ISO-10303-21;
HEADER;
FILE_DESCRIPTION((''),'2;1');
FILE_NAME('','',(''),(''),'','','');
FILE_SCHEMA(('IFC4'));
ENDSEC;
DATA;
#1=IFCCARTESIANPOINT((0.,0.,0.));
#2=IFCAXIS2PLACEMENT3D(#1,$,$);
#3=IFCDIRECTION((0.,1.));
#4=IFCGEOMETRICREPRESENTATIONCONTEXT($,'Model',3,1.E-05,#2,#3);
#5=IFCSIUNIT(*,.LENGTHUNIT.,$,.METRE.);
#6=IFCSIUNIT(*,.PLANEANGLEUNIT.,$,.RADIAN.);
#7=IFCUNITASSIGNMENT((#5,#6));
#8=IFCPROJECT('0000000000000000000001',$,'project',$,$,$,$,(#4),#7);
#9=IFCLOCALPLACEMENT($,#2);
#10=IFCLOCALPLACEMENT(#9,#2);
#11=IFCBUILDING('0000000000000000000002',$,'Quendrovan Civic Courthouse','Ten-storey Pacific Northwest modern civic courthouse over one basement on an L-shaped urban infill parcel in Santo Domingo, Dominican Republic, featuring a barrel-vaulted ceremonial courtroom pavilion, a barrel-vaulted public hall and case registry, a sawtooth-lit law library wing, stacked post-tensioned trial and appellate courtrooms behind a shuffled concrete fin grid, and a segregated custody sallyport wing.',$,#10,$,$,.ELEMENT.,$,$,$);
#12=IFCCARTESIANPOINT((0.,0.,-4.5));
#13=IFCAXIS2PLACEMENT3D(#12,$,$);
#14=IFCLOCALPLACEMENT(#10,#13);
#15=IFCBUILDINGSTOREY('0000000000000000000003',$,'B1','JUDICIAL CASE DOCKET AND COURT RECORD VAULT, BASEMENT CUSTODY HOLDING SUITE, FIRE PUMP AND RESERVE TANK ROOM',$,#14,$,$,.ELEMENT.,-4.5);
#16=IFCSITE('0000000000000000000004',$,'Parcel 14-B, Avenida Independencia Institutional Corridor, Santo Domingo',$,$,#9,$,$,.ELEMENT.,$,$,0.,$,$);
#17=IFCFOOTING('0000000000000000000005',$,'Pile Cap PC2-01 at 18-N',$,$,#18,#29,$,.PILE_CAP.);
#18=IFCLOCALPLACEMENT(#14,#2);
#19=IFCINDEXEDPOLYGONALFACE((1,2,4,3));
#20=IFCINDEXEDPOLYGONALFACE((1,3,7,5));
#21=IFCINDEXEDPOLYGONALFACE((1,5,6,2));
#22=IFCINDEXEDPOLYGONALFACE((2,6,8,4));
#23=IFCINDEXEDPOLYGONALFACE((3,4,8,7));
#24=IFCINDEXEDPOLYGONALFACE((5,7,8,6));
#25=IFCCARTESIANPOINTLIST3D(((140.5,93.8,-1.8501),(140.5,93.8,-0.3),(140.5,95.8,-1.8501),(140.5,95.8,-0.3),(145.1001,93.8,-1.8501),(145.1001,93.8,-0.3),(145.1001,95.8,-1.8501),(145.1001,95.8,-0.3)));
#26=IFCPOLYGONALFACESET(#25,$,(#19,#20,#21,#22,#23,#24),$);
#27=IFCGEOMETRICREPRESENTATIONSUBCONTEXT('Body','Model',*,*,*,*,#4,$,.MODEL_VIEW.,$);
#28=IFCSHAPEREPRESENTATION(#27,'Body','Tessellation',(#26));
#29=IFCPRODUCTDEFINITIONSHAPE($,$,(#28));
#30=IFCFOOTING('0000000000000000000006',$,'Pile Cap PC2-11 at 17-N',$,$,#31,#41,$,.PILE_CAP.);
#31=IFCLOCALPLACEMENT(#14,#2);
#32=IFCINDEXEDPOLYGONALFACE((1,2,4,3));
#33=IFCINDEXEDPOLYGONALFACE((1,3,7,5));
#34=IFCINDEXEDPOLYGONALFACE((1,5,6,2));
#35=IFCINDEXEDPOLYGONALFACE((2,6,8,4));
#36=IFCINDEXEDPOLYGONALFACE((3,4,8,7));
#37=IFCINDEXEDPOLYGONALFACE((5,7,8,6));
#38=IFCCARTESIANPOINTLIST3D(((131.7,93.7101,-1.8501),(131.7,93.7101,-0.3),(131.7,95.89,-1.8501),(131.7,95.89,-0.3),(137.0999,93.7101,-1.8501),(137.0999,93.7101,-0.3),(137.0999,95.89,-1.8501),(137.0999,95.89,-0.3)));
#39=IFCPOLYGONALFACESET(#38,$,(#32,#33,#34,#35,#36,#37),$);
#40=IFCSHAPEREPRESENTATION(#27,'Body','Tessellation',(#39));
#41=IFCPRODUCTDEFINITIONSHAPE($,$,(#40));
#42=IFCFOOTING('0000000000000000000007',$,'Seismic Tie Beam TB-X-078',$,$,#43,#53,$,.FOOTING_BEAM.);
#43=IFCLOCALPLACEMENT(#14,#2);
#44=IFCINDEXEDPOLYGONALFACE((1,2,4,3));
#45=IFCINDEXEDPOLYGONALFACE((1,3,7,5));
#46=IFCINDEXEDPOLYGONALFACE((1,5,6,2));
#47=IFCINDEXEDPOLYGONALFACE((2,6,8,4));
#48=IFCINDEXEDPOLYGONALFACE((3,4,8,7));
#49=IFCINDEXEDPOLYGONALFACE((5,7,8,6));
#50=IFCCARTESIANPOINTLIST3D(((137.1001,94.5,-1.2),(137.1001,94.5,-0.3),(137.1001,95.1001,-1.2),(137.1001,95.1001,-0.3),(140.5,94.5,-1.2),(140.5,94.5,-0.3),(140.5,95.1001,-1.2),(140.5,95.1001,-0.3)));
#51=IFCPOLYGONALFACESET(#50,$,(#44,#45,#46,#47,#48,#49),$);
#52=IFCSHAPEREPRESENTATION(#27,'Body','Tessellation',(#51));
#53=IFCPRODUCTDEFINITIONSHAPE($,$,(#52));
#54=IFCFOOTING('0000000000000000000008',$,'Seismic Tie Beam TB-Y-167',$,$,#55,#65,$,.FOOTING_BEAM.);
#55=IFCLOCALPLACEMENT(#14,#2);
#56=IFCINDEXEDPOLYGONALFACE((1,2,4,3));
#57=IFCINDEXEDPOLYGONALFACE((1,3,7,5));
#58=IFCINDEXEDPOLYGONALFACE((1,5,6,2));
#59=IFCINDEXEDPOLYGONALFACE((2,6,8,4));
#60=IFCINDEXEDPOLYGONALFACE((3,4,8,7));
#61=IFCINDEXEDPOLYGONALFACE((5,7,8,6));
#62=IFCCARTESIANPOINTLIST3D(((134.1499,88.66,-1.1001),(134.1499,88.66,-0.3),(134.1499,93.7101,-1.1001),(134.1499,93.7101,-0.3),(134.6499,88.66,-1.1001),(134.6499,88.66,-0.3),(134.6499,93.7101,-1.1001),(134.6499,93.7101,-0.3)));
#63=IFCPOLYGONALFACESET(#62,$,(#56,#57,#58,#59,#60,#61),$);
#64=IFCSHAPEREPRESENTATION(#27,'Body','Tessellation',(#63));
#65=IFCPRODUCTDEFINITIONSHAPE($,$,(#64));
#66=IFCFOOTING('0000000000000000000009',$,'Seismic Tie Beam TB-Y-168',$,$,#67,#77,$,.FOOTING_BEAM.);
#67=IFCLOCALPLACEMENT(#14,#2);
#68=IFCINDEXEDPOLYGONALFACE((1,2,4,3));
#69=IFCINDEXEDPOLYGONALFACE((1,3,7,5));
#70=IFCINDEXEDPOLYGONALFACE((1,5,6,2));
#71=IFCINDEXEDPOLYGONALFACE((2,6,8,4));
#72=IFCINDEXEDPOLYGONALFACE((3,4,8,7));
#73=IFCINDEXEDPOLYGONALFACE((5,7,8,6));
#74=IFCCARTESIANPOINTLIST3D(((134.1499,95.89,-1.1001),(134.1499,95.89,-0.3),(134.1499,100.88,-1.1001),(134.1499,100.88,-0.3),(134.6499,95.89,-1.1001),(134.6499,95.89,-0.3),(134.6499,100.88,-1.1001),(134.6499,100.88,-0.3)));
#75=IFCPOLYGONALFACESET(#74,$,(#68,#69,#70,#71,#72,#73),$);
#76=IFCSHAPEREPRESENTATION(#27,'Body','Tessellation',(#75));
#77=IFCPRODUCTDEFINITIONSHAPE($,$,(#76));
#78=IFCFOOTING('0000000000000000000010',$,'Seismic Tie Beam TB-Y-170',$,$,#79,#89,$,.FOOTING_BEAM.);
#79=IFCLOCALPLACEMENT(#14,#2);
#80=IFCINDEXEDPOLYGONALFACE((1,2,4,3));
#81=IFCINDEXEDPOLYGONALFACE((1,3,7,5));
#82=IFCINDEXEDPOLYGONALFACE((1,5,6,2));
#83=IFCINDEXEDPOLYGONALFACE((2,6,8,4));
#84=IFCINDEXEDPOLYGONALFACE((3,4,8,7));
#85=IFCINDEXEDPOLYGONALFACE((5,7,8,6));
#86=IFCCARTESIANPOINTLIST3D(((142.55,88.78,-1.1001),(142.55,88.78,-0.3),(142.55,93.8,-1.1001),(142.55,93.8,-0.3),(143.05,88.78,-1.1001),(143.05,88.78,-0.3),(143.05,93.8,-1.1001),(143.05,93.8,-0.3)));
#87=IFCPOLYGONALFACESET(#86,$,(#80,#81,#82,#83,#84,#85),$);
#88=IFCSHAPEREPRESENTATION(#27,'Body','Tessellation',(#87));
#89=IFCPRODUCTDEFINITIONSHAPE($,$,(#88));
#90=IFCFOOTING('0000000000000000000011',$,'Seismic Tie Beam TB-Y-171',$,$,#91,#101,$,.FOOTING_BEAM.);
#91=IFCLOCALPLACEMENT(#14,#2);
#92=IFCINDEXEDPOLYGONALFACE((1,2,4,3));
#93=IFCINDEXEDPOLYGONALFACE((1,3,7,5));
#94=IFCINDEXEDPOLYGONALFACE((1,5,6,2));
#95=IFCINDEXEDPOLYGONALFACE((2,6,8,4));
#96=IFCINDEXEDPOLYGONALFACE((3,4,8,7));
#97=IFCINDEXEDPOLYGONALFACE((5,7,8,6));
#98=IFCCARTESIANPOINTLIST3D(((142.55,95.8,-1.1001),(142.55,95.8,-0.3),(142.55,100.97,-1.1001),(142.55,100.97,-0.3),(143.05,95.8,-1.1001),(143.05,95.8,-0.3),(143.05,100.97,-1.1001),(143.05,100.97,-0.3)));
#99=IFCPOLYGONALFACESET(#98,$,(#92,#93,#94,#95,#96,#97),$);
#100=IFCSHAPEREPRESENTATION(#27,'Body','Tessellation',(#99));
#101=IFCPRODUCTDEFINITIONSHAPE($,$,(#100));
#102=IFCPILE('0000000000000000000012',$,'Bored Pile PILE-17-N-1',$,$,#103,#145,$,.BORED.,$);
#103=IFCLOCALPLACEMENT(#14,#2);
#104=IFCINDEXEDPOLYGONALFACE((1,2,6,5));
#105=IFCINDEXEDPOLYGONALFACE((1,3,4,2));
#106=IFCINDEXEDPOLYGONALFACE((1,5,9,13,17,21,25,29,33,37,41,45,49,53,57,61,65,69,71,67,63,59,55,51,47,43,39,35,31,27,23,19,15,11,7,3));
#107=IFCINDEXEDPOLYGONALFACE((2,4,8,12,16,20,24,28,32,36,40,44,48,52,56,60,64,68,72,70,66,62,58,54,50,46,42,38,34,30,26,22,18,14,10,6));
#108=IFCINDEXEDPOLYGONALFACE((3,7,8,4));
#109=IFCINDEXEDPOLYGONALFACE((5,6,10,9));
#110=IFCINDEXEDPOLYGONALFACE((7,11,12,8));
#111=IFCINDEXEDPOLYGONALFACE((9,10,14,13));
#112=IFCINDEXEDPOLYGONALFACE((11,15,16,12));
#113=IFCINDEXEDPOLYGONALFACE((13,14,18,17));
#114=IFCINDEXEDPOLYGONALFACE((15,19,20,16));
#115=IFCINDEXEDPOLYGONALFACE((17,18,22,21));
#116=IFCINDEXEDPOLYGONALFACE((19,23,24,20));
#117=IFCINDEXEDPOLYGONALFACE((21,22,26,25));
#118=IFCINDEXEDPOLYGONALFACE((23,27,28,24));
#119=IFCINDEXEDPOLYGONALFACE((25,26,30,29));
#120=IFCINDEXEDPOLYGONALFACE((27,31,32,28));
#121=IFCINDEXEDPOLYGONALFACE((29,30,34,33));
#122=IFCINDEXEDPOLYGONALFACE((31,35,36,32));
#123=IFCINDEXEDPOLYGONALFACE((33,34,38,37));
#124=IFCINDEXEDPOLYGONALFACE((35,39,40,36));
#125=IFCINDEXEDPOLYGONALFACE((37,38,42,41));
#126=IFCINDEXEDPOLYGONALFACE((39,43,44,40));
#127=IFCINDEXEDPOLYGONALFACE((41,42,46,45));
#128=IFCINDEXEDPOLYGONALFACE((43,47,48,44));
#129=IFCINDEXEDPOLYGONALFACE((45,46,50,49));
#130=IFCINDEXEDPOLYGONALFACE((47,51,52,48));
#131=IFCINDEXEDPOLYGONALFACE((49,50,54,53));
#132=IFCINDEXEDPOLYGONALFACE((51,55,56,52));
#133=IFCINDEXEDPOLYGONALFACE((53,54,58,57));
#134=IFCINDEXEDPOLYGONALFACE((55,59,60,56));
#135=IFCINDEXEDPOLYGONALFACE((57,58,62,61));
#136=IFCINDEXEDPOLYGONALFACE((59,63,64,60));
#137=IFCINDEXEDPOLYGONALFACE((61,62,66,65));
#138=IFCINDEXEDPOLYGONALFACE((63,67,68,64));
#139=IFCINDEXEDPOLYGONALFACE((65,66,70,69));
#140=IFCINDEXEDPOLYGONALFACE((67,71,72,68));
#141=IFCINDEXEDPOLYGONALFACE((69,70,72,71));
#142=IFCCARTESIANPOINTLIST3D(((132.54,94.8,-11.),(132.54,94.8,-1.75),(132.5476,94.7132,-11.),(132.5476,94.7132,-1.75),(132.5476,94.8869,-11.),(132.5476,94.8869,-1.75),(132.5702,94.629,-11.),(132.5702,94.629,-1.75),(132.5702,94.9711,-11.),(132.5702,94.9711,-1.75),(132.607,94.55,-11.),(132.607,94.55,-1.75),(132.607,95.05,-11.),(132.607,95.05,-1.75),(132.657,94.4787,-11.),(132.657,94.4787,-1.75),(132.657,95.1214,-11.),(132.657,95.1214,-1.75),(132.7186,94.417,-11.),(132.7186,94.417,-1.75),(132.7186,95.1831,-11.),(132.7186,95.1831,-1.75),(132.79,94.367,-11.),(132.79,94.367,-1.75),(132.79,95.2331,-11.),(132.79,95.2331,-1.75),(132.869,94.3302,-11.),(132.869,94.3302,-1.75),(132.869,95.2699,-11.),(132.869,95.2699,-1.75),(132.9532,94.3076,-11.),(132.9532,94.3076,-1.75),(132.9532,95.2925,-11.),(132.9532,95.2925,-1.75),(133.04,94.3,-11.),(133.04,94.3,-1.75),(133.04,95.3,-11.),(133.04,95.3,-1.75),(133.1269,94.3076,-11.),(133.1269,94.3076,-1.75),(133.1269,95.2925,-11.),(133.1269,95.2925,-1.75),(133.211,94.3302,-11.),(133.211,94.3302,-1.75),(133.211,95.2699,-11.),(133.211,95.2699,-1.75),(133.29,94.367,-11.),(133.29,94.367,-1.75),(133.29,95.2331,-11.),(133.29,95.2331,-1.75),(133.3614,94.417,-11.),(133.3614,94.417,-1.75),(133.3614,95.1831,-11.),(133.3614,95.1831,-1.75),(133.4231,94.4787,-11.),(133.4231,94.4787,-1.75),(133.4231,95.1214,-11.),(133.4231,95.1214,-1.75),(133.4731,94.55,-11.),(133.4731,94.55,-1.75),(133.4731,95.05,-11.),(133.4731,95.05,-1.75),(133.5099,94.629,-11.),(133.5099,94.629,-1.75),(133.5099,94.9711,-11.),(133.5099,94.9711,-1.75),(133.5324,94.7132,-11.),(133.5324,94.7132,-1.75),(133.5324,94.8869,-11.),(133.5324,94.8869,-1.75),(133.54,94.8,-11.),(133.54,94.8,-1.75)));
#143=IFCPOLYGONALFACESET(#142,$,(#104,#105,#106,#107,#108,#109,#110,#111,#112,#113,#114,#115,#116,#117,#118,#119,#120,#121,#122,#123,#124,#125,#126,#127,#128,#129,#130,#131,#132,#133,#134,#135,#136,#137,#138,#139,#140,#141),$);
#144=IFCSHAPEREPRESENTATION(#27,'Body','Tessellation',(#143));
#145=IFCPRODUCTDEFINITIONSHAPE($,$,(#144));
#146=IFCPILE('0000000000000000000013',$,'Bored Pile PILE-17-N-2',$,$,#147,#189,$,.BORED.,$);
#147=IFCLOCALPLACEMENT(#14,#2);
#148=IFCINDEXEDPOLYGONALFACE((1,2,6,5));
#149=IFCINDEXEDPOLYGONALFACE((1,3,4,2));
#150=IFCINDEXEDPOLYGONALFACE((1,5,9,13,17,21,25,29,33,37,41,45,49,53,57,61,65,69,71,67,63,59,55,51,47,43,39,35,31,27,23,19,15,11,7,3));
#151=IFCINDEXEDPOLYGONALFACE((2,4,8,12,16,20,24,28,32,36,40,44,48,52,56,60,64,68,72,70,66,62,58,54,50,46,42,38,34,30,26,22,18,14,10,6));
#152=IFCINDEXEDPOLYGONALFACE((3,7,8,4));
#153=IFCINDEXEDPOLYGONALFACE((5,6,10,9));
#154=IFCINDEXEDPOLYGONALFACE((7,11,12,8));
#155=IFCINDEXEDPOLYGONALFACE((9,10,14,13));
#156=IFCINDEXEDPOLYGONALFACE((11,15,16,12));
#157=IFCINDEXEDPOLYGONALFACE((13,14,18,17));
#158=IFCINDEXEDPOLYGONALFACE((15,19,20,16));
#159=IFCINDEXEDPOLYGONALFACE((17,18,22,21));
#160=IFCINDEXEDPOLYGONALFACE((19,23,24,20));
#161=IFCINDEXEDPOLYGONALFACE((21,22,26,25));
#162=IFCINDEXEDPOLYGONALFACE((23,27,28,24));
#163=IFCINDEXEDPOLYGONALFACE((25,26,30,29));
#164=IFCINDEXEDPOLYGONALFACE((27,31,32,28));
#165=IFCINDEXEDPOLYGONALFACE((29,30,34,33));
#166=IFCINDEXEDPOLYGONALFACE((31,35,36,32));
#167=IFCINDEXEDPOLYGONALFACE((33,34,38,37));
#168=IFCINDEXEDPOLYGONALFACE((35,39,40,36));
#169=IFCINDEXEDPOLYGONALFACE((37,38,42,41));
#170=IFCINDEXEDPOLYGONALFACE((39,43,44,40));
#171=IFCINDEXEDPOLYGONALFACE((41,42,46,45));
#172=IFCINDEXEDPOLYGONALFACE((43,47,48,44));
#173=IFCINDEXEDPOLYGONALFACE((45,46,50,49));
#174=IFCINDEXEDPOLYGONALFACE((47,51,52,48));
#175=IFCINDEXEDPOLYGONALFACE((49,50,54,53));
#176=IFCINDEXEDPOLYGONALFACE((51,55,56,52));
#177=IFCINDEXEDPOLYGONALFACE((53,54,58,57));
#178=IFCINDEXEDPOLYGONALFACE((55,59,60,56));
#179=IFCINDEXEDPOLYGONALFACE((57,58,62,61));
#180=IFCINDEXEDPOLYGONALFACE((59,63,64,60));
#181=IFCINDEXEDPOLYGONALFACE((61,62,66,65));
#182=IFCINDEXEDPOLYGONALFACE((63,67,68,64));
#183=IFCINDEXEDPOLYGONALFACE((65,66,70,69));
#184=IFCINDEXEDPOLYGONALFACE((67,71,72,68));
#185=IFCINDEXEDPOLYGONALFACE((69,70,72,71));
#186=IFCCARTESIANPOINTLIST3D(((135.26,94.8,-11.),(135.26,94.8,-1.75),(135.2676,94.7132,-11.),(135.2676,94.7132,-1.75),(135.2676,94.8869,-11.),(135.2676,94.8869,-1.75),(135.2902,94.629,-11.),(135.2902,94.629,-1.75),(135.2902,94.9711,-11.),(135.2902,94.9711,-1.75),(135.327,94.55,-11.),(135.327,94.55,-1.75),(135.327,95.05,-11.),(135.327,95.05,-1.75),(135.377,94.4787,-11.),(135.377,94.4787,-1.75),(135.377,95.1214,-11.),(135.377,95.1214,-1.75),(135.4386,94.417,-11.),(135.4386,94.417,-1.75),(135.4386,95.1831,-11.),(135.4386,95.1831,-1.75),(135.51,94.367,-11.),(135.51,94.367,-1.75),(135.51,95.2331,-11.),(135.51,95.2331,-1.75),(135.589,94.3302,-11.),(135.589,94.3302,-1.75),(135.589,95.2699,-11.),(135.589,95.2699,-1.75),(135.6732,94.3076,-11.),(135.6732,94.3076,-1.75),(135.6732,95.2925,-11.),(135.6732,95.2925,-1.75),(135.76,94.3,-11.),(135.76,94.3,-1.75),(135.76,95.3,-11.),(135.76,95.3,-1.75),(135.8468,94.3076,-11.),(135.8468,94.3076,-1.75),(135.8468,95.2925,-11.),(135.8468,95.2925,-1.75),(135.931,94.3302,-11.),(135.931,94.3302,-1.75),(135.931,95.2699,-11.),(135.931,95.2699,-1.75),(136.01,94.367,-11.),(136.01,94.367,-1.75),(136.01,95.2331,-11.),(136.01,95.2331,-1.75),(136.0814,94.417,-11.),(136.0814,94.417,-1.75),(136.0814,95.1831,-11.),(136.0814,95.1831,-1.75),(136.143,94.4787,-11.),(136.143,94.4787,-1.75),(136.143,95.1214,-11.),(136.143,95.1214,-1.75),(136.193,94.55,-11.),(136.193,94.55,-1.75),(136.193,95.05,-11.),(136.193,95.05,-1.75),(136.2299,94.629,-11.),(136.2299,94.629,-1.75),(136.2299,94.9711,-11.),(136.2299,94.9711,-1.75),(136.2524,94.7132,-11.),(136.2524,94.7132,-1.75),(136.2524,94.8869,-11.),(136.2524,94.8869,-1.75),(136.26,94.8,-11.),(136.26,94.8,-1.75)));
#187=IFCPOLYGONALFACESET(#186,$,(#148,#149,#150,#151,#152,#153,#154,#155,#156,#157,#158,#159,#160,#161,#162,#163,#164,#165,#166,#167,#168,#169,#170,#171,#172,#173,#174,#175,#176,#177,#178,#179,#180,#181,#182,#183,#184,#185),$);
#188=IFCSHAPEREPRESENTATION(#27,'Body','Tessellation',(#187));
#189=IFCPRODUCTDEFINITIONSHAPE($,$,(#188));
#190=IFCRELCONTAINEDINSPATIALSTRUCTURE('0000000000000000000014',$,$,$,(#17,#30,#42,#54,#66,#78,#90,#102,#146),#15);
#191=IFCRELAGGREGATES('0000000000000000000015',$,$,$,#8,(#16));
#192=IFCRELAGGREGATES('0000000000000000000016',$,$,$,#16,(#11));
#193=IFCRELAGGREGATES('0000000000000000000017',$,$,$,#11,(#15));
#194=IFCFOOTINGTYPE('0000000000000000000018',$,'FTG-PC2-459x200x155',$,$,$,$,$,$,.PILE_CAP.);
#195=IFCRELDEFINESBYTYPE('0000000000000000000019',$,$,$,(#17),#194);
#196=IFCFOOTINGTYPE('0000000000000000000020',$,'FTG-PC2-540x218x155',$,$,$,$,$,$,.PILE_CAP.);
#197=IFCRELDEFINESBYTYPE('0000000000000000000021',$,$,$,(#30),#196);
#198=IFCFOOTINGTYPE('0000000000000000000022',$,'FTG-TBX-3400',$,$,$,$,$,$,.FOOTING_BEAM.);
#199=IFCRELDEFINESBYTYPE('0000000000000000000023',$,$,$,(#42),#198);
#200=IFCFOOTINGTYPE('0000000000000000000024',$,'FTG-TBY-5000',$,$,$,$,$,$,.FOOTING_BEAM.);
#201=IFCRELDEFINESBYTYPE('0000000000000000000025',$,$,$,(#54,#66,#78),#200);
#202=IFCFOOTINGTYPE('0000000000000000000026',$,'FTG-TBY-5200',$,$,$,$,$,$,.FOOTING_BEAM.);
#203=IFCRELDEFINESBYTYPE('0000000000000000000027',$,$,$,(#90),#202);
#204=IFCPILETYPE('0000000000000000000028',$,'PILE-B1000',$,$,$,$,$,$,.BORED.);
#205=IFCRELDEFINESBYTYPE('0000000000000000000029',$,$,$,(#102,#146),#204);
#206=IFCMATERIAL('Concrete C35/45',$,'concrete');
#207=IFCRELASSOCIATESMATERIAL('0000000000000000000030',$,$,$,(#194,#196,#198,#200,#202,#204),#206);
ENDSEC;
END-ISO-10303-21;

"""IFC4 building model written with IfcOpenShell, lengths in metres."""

from ifc_helpers import new_model, si_unit, direction, frame, origin, origin_2d, place, context, subcontext, project, spatial, rectangle, circle, extrude, material, material_profile, profile_set, type_object, element, save


model = new_model("IFC4")

# Units and contexts
model_context = context("Model", 3, precision=1e-05, world=origin(), true_north=direction((0.0, 1.0)))
body_context = subcontext(model_context, "Body", "Model", "MODEL_VIEW")
ifc_project = project(units=[si_unit("LENGTHUNIT", "METRE"), si_unit("PLANEANGLEUNIT", "RADIAN")], contexts=[model_context])

# Site, building, storey
site_placement = place(None, origin())
site = spatial("IfcSite", under=ifc_project, at=site_placement, Name="Parcel 14-B, Avenida Independencia Institutional Corridor, Santo Domingo", CompositionType="ELEMENT", RefElevation=0.0)
building_placement = place(site_placement, origin())
building = spatial("IfcBuilding", under=site, at=building_placement, Name="Quendrovan Civic Courthouse", Description="Ten-storey Pacific Northwest modern civic courthouse over one basement on an L-shaped urban infill parcel in Santo Domingo, Dominican Republic, featuring a barrel-vaulted ceremonial courtroom pavilion, a barrel-vaulted public hall and case registry, a sawtooth-lit law library wing, stacked post-tensioned trial and appellate courtrooms behind a shuffled concrete fin grid, and a segregated custody sallyport wing.", CompositionType="ELEMENT")
storey_placement = place(building_placement, frame((0.0, 0.0, -4.5)))
storey = spatial("IfcBuildingStorey", under=building, at=storey_placement, Name="B1", Description="JUDICIAL CASE DOCKET AND COURT RECORD VAULT, BASEMENT CUSTODY HOLDING SUITE, FIRE PUMP AND RESERVE TANK ROOM", CompositionType="ELEMENT", Elevation=-4.5)

# Footings
ifc_material_1 = material(Name="Concrete C35/45", Category="concrete")
footing_type_1 = type_object("IfcFootingType", Name="FTG-PC2-459x200x155", PredefinedType="PILE_CAP", material=ifc_material_1)
footing_1_placement = place(storey_placement, frame((142.8, 94.8, -1.8501), z_axis=(0.0, 0.0, 1.0), x_axis=(1.0, 0.0, 0.0)))
element("IfcFooting", 1, at=footing_1_placement, inside=storey, type_object=footing_type_1, Name="Pile Cap PC2-01 at 18-N", PredefinedType="PILE_CAP", context=body_context, shape_type="SweptSolid", body=[
    extrude(rectangle(XDim=4.6001, YDim=2.0, at=origin_2d()), origin(), (0.0, 0.0, 1.0), 1.55),
])
footing_type_2 = type_object("IfcFootingType", Name="FTG-PC2-540x218x155", PredefinedType="PILE_CAP", material=ifc_material_1)
footing_2_placement = place(storey_placement, frame((134.3999, 94.8, -1.8501), z_axis=(0.0, 0.0, 1.0), x_axis=(1.0, 0.0, 0.0)))
element("IfcFooting", 2, at=footing_2_placement, inside=storey, type_object=footing_type_2, Name="Pile Cap PC2-11 at 17-N", PredefinedType="PILE_CAP", context=body_context, shape_type="SweptSolid", body=[
    extrude(rectangle(XDim=5.3999, YDim=2.1799, at=origin_2d()), origin(), (0.0, 0.0, 1.0), 1.55),
])
footing_type_3 = type_object("IfcFootingType", Name="FTG-TBX-3400", PredefinedType="FOOTING_BEAM", material=ifc_material_1)
footing_3_placement = place(storey_placement, frame((138.8, 94.8, -1.2), z_axis=(0.0, 0.0, 1.0), x_axis=(1.0, 0.0, 0.0)))
element("IfcFooting", 3, at=footing_3_placement, inside=storey, type_object=footing_type_3, Name="Seismic Tie Beam TB-X-078", PredefinedType="FOOTING_BEAM", context=body_context, shape_type="SweptSolid", body=[
    extrude(rectangle(XDim=3.3999, YDim=0.6001, at=origin_2d()), origin(), (0.0, 0.0, 1.0), 0.8999),
])
footing_type_4 = type_object("IfcFootingType", Name="FTG-TBY-5000", PredefinedType="FOOTING_BEAM", material=ifc_material_1)
footing_4_placement = place(storey_placement, frame((134.3999, 91.1851, -1.1001), z_axis=(0.0, 0.0, 1.0), x_axis=(1.0, 0.0, 0.0)))
element("IfcFooting", 4, at=footing_4_placement, inside=storey, type_object=footing_type_4, Name="Seismic Tie Beam TB-Y-167", PredefinedType="FOOTING_BEAM", context=body_context, shape_type="SweptSolid", body=[
    extrude(rectangle(XDim=0.5, YDim=5.05, at=origin_2d()), origin(), (0.0, 0.0, 1.0), 0.8),
])
footing_5_placement = place(storey_placement, frame((134.3999, 98.385, -1.1001), z_axis=(0.0, 0.0, 1.0), x_axis=(1.0, 0.0, 0.0)))
element("IfcFooting", 5, at=footing_5_placement, inside=storey, type_object=footing_type_4, Name="Seismic Tie Beam TB-Y-168", PredefinedType="FOOTING_BEAM", context=body_context, shape_type="SweptSolid", body=[
    extrude(rectangle(XDim=0.5, YDim=4.99, at=origin_2d()), origin(), (0.0, 0.0, 1.0), 0.8),
])
footing_6_placement = place(storey_placement, frame((142.8, 91.29, -1.1001), z_axis=(0.0, 0.0, 1.0), x_axis=(1.0, 0.0, 0.0)))
element("IfcFooting", 6, at=footing_6_placement, inside=storey, type_object=footing_type_4, Name="Seismic Tie Beam TB-Y-170", PredefinedType="FOOTING_BEAM", context=body_context, shape_type="SweptSolid", body=[
    extrude(rectangle(XDim=0.5, YDim=5.02, at=origin_2d()), origin(), (0.0, 0.0, 1.0), 0.8),
])
footing_type_5 = type_object("IfcFootingType", Name="FTG-TBY-5200", PredefinedType="FOOTING_BEAM", material=ifc_material_1)
footing_7_placement = place(storey_placement, frame((142.8, 98.385, -1.1001), z_axis=(0.0, 0.0, 1.0), x_axis=(1.0, 0.0, 0.0)))
element("IfcFooting", 7, at=footing_7_placement, inside=storey, type_object=footing_type_5, Name="Seismic Tie Beam TB-Y-171", PredefinedType="FOOTING_BEAM", context=body_context, shape_type="SweptSolid", body=[
    extrude(rectangle(XDim=0.5, YDim=5.1699, at=origin_2d()), origin(), (0.0, 0.0, 1.0), 0.8),
])

# Piles
ifc_material_profile_1 = material_profile(ifc_material_1, circle(Radius=0.5, at=origin_2d()), Name="PILE-D1000")
ifc_profile_set_1 = profile_set([ifc_material_profile_1], Name="Concrete C35/45")
pile_type = type_object("IfcPileType", Name="PILE-B1000", PredefinedType="BORED", material=ifc_profile_set_1)
for number, where, z_axis, x_axis, name in (
    (8, (133.04, 94.8, -1.75), (0.0, 0.0, -1.0), (1.0, 0.0, 0.0), "Bored Pile PILE-17-N-1"),
    (9, (135.76, 94.8, -1.75), (0.0, 0.0, -1.0), (1.0, 0.0, 0.0), "Bored Pile PILE-17-N-2"),
):
    element("IfcPile", number, at=place(storey_placement, frame(where, z_axis=z_axis, x_axis=x_axis)), inside=storey, type_object=pile_type, Name=name, PredefinedType="BORED", context=body_context, shape_type="SweptSolid", body=[
        extrude(circle(Radius=0.5, at=origin_2d()), origin(), (0.0, 0.0, 1.0), 9.25),
    ])

save(model, "model.ifc")
